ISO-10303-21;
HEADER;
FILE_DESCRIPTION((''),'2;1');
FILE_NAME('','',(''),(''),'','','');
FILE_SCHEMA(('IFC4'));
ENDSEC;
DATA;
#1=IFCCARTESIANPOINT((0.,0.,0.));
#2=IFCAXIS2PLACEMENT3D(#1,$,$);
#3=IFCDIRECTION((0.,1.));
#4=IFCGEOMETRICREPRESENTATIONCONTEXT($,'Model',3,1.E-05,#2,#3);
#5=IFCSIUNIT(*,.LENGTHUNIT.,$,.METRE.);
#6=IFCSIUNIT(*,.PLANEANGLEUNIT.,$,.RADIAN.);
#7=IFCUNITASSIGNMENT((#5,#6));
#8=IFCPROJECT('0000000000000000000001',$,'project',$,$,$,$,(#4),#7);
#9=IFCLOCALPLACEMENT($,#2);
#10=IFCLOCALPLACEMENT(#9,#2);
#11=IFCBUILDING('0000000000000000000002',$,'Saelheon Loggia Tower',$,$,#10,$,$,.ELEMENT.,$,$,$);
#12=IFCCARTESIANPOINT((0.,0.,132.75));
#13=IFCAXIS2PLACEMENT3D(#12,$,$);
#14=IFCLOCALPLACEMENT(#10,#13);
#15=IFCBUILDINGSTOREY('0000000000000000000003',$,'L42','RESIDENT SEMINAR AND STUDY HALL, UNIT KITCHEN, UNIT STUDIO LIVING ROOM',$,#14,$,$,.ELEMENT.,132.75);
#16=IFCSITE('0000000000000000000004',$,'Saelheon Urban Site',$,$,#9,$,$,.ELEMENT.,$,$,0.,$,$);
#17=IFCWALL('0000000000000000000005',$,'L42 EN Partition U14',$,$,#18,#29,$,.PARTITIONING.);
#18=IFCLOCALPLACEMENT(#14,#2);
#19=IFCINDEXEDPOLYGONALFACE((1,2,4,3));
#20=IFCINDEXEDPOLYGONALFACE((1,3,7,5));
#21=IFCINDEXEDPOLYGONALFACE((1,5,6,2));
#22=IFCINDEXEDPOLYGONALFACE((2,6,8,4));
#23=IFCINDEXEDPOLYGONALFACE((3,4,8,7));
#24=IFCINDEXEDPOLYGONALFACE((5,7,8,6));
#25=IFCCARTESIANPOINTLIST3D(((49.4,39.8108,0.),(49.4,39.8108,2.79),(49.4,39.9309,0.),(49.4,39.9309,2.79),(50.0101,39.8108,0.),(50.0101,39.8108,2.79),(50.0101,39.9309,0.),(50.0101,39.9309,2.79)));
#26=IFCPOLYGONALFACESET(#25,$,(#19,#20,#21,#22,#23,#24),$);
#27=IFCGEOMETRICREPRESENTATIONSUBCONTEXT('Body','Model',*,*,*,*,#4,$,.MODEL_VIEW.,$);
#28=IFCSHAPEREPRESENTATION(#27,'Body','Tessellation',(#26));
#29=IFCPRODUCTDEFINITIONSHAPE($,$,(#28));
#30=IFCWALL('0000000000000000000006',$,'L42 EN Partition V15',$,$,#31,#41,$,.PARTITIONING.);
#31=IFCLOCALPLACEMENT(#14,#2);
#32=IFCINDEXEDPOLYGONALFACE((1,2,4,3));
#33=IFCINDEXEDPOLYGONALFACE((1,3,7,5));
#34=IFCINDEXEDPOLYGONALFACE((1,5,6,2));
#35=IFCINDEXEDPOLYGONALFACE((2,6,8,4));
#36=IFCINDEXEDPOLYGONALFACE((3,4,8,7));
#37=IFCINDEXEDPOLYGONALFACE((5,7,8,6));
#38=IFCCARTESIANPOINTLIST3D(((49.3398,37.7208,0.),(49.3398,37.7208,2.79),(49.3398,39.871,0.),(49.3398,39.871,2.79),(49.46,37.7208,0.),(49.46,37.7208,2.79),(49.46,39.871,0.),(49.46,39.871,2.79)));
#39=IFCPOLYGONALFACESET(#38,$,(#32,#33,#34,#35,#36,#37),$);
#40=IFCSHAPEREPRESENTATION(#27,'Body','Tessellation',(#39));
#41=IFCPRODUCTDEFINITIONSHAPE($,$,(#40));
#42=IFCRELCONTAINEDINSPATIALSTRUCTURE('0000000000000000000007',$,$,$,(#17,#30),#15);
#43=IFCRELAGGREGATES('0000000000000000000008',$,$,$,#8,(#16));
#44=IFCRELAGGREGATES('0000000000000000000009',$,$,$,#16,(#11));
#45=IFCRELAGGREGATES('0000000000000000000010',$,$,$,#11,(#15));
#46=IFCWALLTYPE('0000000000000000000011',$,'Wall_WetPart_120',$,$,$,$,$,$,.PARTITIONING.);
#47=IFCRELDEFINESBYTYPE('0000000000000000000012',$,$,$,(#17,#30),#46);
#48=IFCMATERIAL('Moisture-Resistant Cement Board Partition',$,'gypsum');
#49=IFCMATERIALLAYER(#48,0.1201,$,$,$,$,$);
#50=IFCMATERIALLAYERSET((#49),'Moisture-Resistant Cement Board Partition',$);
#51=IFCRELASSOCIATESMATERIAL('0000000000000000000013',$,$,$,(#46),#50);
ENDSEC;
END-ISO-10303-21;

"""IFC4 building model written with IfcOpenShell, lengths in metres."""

from ifc_helpers import new_model, si_unit, direction, frame, frame_2d, origin, place, context, subcontext, project, spatial, rectangle, extrude, material, layer, layer_set, type_object, element, save


model = new_model("IFC4")

# Units and contexts
model_context = context("Model", 3, precision=1e-05, world=origin(), true_north=direction((0.0, 1.0)))
body_context = subcontext(model_context, "Body", "Model", "MODEL_VIEW")
ifc_project = project(units=[si_unit("LENGTHUNIT", "METRE"), si_unit("PLANEANGLEUNIT", "RADIAN")], contexts=[model_context])

# Site, building, storey
site_placement = place(None, origin())
site = spatial("IfcSite", under=ifc_project, at=site_placement, Name="Saelheon Urban Site", CompositionType="ELEMENT", RefElevation=0.0)
building_placement = place(site_placement, origin())
building = spatial("IfcBuilding", under=site, at=building_placement, Name="Saelheon Loggia Tower", CompositionType="ELEMENT")
storey_placement = place(building_placement, frame((0.0, 0.0, 132.75)))
storey = spatial("IfcBuildingStorey", under=building, at=storey_placement, Name="L42", Description="RESIDENT SEMINAR AND STUDY HALL, UNIT KITCHEN, UNIT STUDIO LIVING ROOM", CompositionType="ELEMENT", Elevation=132.75)

# Shared definitions
ifc_material_1 = material(Name="Moisture-Resistant Cement Board Partition", Category="gypsum")
ifc_layer_1 = layer(ifc_material_1, 0.1201)
ifc_layer_set_1 = layer_set([ifc_layer_1], Name="Moisture-Resistant Cement Board Partition")
wall_type_1 = type_object("IfcWallType", Name="Wall_WetPart_120", PredefinedType="PARTITIONING", material=ifc_layer_set_1)

# Walls
wall_1_placement = place(storey_placement, frame((49.3999, 39.8708, 0.0), z_axis=(0.0, 0.0, 1.0), x_axis=(1.0, 0.0, 0.0)))
element("IfcWall", 1, at=wall_1_placement, inside=storey, type_object=wall_type_1, Name="L42 EN Partition U14", PredefinedType="PARTITIONING", context=body_context, shape_type="SweptSolid", body=[
    extrude(rectangle(XDim=0.6101, YDim=0.1201, at=frame_2d((0.3052, 0.0))), origin(), (0.0, 0.0, 1.0), 2.79),
])
wall_2_placement = place(storey_placement, frame((49.3999, 37.7207, 0.0), z_axis=(0.0, 0.0, 1.0), x_axis=(0.0, 1.0, 0.0)))
element("IfcWall", 2, at=wall_2_placement, inside=storey, type_object=wall_type_1, Name="L42 EN Partition V15", PredefinedType="PARTITIONING", context=body_context, shape_type="SweptSolid", body=[
    extrude(rectangle(XDim=2.1501, YDim=0.1201, at=frame_2d((1.0752, 0.0))), origin(), (0.0, 0.0, 1.0), 2.79),
])

save(model, "model.ifc")
